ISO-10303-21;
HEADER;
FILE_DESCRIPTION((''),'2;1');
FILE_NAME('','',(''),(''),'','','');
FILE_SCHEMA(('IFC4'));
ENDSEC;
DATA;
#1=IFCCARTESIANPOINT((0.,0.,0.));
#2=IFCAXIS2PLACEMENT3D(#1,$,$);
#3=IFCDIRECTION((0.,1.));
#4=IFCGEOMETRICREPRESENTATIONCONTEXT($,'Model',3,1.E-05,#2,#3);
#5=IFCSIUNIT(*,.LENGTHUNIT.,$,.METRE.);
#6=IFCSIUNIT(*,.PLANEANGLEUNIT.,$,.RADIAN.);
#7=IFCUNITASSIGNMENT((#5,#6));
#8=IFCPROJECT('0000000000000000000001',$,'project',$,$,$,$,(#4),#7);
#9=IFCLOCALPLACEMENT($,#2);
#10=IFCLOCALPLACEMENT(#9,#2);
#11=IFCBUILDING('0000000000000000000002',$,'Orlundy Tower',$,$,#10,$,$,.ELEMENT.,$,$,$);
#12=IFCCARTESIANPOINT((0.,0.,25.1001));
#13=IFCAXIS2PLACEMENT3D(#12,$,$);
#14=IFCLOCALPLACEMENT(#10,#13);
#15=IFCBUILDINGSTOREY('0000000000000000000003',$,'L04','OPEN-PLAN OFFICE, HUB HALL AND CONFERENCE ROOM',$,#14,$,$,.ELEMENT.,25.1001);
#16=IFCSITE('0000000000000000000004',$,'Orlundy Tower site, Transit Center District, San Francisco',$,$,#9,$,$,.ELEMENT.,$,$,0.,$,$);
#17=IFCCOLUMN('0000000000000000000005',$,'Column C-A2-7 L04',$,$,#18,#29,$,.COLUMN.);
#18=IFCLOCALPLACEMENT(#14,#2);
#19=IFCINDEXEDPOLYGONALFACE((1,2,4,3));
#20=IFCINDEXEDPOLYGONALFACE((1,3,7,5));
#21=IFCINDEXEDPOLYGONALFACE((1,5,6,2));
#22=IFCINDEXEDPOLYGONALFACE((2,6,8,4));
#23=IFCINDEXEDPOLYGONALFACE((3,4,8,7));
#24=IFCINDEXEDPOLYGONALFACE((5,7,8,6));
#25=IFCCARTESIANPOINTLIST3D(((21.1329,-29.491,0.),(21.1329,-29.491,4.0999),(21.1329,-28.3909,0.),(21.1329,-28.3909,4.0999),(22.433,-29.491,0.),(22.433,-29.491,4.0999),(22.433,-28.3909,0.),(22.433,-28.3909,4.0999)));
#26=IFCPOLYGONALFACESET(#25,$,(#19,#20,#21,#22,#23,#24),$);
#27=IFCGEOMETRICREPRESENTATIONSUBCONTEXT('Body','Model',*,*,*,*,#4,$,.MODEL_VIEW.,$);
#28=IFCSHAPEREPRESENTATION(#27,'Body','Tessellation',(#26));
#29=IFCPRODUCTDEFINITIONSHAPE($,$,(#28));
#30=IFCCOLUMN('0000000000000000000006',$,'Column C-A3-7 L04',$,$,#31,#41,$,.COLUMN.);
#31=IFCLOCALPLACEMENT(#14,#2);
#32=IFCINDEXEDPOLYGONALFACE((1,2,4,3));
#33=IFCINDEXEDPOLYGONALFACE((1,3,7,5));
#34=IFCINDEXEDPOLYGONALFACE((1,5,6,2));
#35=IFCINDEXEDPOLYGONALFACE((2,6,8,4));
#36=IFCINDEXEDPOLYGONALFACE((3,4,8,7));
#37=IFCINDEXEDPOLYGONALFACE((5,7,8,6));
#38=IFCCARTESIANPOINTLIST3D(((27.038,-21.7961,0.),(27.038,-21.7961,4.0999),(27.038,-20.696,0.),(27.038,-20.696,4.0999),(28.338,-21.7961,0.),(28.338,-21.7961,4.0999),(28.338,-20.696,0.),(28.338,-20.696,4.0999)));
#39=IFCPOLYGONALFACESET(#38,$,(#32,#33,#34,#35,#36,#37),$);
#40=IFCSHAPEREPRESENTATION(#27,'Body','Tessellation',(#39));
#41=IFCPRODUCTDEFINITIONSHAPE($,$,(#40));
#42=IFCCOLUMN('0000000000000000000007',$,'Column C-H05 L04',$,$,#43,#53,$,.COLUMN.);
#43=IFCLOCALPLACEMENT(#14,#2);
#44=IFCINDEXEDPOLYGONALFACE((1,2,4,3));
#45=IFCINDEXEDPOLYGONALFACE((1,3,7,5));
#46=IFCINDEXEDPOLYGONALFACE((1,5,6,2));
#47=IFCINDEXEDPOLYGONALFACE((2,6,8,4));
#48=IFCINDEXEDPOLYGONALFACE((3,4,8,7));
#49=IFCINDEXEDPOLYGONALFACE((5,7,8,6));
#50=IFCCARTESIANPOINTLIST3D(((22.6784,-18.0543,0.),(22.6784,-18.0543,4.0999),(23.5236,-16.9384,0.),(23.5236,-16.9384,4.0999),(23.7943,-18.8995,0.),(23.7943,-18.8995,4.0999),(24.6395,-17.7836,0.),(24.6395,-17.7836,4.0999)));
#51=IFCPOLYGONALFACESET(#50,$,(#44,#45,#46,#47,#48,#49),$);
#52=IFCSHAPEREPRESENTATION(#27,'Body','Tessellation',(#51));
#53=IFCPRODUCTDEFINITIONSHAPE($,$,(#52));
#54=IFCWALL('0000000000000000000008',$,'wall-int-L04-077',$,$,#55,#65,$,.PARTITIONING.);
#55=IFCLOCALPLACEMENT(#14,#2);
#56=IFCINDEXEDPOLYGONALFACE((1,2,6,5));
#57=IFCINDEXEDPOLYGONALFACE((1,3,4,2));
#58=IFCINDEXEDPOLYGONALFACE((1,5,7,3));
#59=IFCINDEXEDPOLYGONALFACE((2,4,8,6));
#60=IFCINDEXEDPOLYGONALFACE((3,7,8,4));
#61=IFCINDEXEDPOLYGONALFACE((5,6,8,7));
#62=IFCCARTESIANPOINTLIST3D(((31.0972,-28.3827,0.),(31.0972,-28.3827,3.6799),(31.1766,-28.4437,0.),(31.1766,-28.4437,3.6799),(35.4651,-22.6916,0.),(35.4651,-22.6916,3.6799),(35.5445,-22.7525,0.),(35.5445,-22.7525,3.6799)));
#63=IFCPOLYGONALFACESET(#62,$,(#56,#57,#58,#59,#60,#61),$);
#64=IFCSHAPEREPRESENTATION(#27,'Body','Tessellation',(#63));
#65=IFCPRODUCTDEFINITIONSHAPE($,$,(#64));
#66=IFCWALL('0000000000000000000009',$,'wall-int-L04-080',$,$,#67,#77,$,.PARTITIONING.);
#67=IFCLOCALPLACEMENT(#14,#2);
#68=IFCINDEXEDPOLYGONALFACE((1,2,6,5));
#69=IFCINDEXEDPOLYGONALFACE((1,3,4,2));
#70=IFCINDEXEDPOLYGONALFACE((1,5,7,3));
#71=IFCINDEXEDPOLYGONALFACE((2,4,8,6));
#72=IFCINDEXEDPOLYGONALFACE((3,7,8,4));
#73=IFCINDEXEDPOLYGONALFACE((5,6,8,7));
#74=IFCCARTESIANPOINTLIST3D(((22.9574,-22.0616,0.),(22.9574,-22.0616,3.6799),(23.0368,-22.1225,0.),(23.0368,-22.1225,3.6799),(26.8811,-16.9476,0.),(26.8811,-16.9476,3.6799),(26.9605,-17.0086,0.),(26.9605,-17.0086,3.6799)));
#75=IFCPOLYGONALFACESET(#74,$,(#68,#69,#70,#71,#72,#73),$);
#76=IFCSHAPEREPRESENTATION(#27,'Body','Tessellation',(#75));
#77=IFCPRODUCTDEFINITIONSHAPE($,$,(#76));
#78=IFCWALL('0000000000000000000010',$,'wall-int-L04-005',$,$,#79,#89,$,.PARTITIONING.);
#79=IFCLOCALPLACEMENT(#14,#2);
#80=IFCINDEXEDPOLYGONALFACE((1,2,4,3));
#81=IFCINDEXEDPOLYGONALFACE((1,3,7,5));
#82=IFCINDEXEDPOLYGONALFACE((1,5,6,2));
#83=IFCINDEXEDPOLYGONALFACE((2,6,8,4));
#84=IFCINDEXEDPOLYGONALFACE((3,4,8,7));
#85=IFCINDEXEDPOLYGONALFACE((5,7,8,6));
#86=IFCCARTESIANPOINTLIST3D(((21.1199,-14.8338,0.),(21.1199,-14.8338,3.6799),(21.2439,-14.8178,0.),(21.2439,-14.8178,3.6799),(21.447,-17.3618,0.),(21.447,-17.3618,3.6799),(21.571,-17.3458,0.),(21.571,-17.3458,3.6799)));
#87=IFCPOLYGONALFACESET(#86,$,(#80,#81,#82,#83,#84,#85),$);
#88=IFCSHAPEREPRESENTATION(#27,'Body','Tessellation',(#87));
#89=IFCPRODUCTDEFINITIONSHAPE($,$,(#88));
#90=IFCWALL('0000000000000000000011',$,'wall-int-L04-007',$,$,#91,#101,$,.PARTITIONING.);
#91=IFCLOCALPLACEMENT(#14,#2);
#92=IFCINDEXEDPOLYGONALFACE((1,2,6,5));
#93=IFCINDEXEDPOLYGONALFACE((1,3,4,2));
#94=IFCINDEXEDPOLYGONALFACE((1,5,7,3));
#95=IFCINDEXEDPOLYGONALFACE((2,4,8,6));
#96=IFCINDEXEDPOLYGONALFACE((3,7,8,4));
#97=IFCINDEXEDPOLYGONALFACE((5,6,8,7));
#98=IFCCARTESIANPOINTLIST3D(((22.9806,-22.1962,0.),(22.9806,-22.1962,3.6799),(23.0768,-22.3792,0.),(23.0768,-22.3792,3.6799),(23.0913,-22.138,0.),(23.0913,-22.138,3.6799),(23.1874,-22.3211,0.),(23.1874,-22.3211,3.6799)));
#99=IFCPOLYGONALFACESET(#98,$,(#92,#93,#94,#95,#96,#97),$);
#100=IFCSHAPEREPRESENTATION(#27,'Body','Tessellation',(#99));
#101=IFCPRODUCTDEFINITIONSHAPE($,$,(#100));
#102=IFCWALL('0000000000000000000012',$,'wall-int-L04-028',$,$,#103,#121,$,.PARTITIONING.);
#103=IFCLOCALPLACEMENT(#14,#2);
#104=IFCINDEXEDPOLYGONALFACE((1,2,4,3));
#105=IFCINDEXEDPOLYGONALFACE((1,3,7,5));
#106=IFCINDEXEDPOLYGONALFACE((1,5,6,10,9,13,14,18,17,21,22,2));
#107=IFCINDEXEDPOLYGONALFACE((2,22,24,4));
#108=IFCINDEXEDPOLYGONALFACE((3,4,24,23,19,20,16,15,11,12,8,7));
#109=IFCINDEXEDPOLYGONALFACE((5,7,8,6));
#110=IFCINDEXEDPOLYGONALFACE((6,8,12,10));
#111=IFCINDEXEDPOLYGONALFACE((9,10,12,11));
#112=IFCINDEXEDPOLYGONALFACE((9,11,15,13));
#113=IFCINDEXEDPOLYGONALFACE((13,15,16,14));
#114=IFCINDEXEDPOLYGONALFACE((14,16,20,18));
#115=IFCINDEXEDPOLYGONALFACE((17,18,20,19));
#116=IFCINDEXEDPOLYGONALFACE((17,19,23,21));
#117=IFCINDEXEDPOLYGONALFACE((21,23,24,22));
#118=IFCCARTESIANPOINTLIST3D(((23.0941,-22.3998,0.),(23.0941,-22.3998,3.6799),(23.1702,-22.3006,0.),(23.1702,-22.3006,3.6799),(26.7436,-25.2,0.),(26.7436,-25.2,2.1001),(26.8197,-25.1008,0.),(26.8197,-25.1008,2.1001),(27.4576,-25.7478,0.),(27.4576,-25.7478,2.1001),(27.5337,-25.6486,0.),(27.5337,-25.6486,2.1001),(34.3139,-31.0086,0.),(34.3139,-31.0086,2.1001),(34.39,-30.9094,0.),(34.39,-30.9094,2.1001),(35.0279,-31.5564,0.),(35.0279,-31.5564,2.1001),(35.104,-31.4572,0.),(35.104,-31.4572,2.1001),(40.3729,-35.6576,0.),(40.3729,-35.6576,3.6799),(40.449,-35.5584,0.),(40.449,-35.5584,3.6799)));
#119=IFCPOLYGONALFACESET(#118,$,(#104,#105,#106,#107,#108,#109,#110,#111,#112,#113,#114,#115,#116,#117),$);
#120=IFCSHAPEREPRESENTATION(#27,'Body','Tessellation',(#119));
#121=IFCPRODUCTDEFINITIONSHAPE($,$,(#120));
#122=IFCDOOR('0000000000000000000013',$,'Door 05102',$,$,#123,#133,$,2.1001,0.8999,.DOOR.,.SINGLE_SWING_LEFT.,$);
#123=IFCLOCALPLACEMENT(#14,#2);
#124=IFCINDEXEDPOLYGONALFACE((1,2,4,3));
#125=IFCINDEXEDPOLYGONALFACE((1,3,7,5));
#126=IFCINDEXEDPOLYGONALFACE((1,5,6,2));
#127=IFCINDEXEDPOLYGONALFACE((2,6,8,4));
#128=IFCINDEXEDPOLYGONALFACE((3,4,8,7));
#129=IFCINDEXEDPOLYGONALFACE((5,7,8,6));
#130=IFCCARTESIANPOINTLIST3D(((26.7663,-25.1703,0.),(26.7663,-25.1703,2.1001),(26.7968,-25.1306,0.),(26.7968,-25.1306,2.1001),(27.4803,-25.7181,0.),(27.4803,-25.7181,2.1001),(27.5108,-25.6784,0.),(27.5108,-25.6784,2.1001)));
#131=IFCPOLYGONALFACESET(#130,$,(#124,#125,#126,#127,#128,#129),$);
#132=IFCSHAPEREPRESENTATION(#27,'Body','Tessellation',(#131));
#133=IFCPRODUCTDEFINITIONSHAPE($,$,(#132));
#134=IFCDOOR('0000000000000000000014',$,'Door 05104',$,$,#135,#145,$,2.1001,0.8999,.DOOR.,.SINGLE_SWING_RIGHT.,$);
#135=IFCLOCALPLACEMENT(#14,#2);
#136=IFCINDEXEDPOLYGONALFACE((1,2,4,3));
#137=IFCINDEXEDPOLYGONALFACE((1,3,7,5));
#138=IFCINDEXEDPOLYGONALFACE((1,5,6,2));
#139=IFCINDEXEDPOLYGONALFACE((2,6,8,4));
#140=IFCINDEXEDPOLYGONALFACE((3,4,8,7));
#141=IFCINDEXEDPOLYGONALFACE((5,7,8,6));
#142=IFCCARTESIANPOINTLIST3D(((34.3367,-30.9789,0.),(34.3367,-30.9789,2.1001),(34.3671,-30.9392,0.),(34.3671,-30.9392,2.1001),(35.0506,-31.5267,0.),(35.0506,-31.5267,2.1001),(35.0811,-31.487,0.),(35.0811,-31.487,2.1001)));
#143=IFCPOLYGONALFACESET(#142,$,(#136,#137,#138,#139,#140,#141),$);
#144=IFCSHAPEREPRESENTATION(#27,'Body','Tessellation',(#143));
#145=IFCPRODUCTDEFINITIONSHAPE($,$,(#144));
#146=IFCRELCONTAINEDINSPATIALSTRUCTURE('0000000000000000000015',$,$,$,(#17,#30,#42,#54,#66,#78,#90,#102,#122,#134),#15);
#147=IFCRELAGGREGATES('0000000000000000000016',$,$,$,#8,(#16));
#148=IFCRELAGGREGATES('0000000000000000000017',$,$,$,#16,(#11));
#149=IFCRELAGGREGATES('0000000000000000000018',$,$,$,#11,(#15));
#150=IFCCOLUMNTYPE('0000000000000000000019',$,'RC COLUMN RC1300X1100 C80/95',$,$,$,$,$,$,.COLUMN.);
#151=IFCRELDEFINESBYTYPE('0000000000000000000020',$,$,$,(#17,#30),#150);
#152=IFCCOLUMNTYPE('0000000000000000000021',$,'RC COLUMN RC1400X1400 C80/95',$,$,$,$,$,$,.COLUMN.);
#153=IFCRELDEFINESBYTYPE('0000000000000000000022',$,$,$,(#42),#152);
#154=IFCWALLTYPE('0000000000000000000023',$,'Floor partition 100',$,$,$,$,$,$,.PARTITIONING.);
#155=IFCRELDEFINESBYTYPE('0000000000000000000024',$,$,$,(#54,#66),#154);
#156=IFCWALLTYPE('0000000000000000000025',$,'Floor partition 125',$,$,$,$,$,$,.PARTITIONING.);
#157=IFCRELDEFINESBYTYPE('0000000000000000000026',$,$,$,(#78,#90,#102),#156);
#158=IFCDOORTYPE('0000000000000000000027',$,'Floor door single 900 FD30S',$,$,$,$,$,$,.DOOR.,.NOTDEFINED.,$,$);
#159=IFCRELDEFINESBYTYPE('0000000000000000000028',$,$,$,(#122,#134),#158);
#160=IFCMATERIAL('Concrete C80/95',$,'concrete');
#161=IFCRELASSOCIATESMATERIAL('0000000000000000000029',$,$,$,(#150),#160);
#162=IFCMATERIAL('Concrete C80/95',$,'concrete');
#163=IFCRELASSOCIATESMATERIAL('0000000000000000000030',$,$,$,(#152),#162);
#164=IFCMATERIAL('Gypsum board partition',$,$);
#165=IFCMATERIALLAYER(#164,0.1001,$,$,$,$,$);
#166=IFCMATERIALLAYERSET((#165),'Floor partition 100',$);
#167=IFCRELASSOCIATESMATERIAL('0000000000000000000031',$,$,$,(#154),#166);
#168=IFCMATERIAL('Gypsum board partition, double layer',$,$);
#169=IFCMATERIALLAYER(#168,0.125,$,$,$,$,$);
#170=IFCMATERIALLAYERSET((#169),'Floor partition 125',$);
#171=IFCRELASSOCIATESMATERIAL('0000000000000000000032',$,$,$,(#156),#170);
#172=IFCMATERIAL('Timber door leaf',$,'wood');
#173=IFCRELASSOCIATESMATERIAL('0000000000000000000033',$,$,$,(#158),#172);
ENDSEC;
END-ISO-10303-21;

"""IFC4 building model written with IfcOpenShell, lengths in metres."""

from ifc_helpers import new_model, si_unit, direction, frame, frame_2d, origin, origin_2d, place, context, subcontext, project, spatial, rectangle, extrude, material, layer, layer_set, material_profile, profile_set, type_object, element, fill, save


model = new_model("IFC4")

# Units and contexts
model_context = context("Model", 3, precision=1e-05, world=origin(), true_north=direction((0.0, 1.0)))
body_context = subcontext(model_context, "Body", "Model", "MODEL_VIEW")
ifc_project = project(units=[si_unit("LENGTHUNIT", "METRE"), si_unit("PLANEANGLEUNIT", "RADIAN")], contexts=[model_context])

# Site, building, storey
site_placement = place(None, origin())
site = spatial("IfcSite", under=ifc_project, at=site_placement, Name="Orlundy Tower site, Transit Center District, San Francisco", CompositionType="ELEMENT", RefElevation=0.0)
building_placement = place(site_placement, origin())
building = spatial("IfcBuilding", under=site, at=building_placement, Name="Orlundy Tower", CompositionType="ELEMENT")
storey_placement = place(building_placement, frame((0.0, 0.0, 25.1001)))
storey = spatial("IfcBuildingStorey", under=building, at=storey_placement, Name="L04", Description="OPEN-PLAN OFFICE, HUB HALL AND CONFERENCE ROOM", CompositionType="ELEMENT", Elevation=25.1001)

# Columns
ifc_material_1 = material(Name="Concrete C80/95", Category="concrete")
ifc_material_profile_1 = material_profile(ifc_material_1, rectangle(XDim=1.3, YDim=1.1001, at=origin_2d()), Name="RC1300X1100")
ifc_profile_set_1 = profile_set([ifc_material_profile_1], Name="Concrete C80/95")
column_type_1 = type_object("IfcColumnType", Name="RC COLUMN RC1300X1100 C80/95", PredefinedType="COLUMN", material=ifc_profile_set_1)
for number, where, z_axis, x_axis, name in (
    (1, (21.783, -28.9409, 0.0), (0.0, 0.0, 1.0), (1.0, 0.0, 0.0), "Column C-A2-7 L04"),
    (2, (27.688, -21.2461, 0.0), (0.0, 0.0, 1.0), (1.0, 0.0, 0.0), "Column C-A3-7 L04"),
):
    element("IfcColumn", number, at=place(storey_placement, frame(where, z_axis=z_axis, x_axis=x_axis)), inside=storey, type_object=column_type_1, Name=name, PredefinedType="COLUMN", context=body_context, shape_type="SweptSolid", body=[
        extrude(rectangle(XDim=1.3, YDim=1.1001, at=origin_2d()), origin(), (0.0, 0.0, 1.0), 4.0999),
    ])
ifc_material_2 = material(Name="Concrete C80/95", Category="concrete")
ifc_material_profile_2 = material_profile(ifc_material_2, rectangle(XDim=1.3999, YDim=1.3999, at=origin_2d()), Name="RC1400X1400")
ifc_profile_set_2 = profile_set([ifc_material_profile_2], Name="Concrete C80/95")
column_type_2 = type_object("IfcColumnType", Name="RC COLUMN RC1400X1400 C80/95", PredefinedType="COLUMN", material=ifc_profile_set_2)
column_placement = place(storey_placement, frame((23.6589, -17.9189, 0.0), z_axis=(0.0, 0.0, 1.0), x_axis=(0.797163, -0.603765, 0.0)))
element("IfcColumn", 3, at=column_placement, inside=storey, type_object=column_type_2, Name="Column C-H05 L04", PredefinedType="COLUMN", context=body_context, shape_type="SweptSolid", body=[
    extrude(rectangle(XDim=1.3999, YDim=1.3999, at=origin_2d()), origin(), (0.0, 0.0, 1.0), 4.0999),
])

# Walls
ifc_material_3 = material(Name="Gypsum board partition")
ifc_layer_1 = layer(ifc_material_3, 0.1001)
ifc_layer_set_1 = layer_set([ifc_layer_1], Name="Floor partition 100")
wall_type_1 = type_object("IfcWallType", Name="Floor partition 100", PredefinedType="PARTITIONING", material=ifc_layer_set_1)
wall_1_placement = place(storey_placement, frame((31.137, -28.4131, 0.0), z_axis=(0.0, 0.0, 1.0), x_axis=(0.608844, 0.79329, 0.0)))
element("IfcWall", 4, at=wall_1_placement, inside=storey, type_object=wall_type_1, Name="wall-int-L04-077", PredefinedType="PARTITIONING", context=body_context, shape_type="SweptSolid", body=[
    extrude(rectangle(XDim=7.1741, YDim=0.1001, at=frame_2d((3.5869, 0.0))), origin(), (0.0, 0.0, 1.0), 3.6799),
])
wall_2_placement = place(storey_placement, frame((22.9971, -22.092, 0.0), z_axis=(0.0, 0.0, 1.0), x_axis=(0.608733, 0.793375, 0.0)))
element("IfcWall", 5, at=wall_2_placement, inside=storey, type_object=wall_type_1, Name="wall-int-L04-080", PredefinedType="PARTITIONING", context=body_context, shape_type="SweptSolid", body=[
    extrude(rectangle(XDim=6.4458, YDim=0.1001, at=frame_2d((3.2229, 0.0))), origin(), (0.0, 0.0, 1.0), 3.6799),
])
ifc_material_4 = material(Name="Gypsum board partition, double layer")
ifc_layer_2 = layer(ifc_material_4, 0.125)
ifc_layer_set_2 = layer_set([ifc_layer_2], Name="Floor partition 125")
wall_type_2 = type_object("IfcWallType", Name="Floor partition 125", PredefinedType="PARTITIONING", material=ifc_layer_set_2)
wall_3_placement = place(storey_placement, frame((21.1819, -14.8259, 0.0), z_axis=(0.0, 0.0, 1.0), x_axis=(0.128336, -0.991731, 0.0)))
element("IfcWall", 6, at=wall_3_placement, inside=storey, type_object=wall_type_2, Name="wall-int-L04-005", PredefinedType="PARTITIONING", context=body_context, shape_type="SweptSolid", body=[
    extrude(rectangle(XDim=2.5491, YDim=0.125, at=frame_2d((1.2744, 0.0))), origin(), (0.0, 0.0, 1.0), 3.6799),
])
wall_4_placement = place(storey_placement, frame((23.0359, -22.167, 0.0), z_axis=(0.0, 0.0, 1.0), x_axis=(0.465065, -0.885276, 0.0)))
element("IfcWall", 7, at=wall_4_placement, inside=storey, type_object=wall_type_2, Name="wall-int-L04-007", PredefinedType="PARTITIONING", context=body_context, shape_type="SweptSolid", body=[
    extrude(rectangle(XDim=0.2068, YDim=0.125, at=frame_2d((0.1035, 0.0))), origin(), (0.0, 0.0, 1.0), 3.6799),
])

# Wall, openings, doors
wall_5_placement = place(storey_placement, frame((23.1321, -22.3501, 0.0), z_axis=(0.0, 0.0, 1.0), x_axis=(0.793369, -0.608742, 0.0)))
wall_5 = element("IfcWall", 8, at=wall_5_placement, inside=storey, type_object=wall_type_2, Name="wall-int-L04-028", PredefinedType="PARTITIONING", context=body_context, shape_type="SweptSolid", body=[
    extrude(rectangle(XDim=21.7791, YDim=0.125, at=frame_2d((10.8896, 0.0))), origin(), (0.0, 0.0, 1.0), 3.6799),
])
opening_1_placement = place(wall_5_placement, frame((4.6001, 0.0, 0.0)))
opening_1 = element("IfcOpeningElement", 9, at=opening_1_placement, cuts=wall_5, PredefinedType="OPENING", context=body_context, shape_type="SweptSolid", body=[
    extrude(rectangle(XDim=0.8999, YDim=2.1001, at=frame_2d((0.45, 1.05))), frame((0.0, 0.0725, 0.0), z_axis=(0.0, -1.0, 0.0), x_axis=(1.0, 0.0, 0.0)), (0.0, 0.0, 1.0), 0.145),
])
opening_2_placement = place(wall_5_placement, frame((14.1421, 0.0, 0.0)))
opening_2 = element("IfcOpeningElement", 10, at=opening_2_placement, cuts=wall_5, PredefinedType="OPENING", context=body_context, shape_type="SweptSolid", body=[
    extrude(rectangle(XDim=0.8999, YDim=2.1001, at=frame_2d((0.45, 1.05))), frame((0.0, 0.0725, 0.0), z_axis=(0.0, -1.0, 0.0), x_axis=(1.0, 0.0, 0.0)), (0.0, 0.0, 1.0), 0.145),
])
ifc_material_5 = material(Name="Timber door leaf", Category="wood")
door_type_1 = type_object("IfcDoorType", Name="Floor door single 900 FD30S", OperationType="NOTDEFINED", PredefinedType="DOOR", material=ifc_material_5)
door_1_placement = place(opening_1_placement, origin())
door_1 = element("IfcDoor", 11, at=door_1_placement, inside=storey, type_object=door_type_1, Name="Door 05102", OperationType="SINGLE_SWING_LEFT", OverallHeight=2.1001, OverallWidth=0.8999, PredefinedType="DOOR", context=body_context, shape_type="SweptSolid", body=[
    extrude(rectangle(XDim=0.8999, YDim=2.1001, at=frame_2d((0.45, 1.05))), frame((0.0, 0.0249, 0.0), z_axis=(0.0, -1.0, 0.0), x_axis=(1.0, 0.0, 0.0)), (0.0, 0.0, 1.0), 0.05),
])
fill(opening_1, door_1)
door_2_placement = place(opening_2_placement, origin())
door_2 = element("IfcDoor", 12, at=door_2_placement, inside=storey, type_object=door_type_1, Name="Door 05104", OperationType="SINGLE_SWING_RIGHT", OverallHeight=2.1001, OverallWidth=0.8999, PredefinedType="DOOR", context=body_context, shape_type="SweptSolid", body=[
    extrude(rectangle(XDim=0.8999, YDim=2.1001, at=frame_2d((0.45, 1.05))), frame((0.0, 0.0249, 0.0), z_axis=(0.0, -1.0, 0.0), x_axis=(1.0, 0.0, 0.0)), (0.0, 0.0, 1.0), 0.05),
])
fill(opening_2, door_2)

save(model, "model.ifc")
